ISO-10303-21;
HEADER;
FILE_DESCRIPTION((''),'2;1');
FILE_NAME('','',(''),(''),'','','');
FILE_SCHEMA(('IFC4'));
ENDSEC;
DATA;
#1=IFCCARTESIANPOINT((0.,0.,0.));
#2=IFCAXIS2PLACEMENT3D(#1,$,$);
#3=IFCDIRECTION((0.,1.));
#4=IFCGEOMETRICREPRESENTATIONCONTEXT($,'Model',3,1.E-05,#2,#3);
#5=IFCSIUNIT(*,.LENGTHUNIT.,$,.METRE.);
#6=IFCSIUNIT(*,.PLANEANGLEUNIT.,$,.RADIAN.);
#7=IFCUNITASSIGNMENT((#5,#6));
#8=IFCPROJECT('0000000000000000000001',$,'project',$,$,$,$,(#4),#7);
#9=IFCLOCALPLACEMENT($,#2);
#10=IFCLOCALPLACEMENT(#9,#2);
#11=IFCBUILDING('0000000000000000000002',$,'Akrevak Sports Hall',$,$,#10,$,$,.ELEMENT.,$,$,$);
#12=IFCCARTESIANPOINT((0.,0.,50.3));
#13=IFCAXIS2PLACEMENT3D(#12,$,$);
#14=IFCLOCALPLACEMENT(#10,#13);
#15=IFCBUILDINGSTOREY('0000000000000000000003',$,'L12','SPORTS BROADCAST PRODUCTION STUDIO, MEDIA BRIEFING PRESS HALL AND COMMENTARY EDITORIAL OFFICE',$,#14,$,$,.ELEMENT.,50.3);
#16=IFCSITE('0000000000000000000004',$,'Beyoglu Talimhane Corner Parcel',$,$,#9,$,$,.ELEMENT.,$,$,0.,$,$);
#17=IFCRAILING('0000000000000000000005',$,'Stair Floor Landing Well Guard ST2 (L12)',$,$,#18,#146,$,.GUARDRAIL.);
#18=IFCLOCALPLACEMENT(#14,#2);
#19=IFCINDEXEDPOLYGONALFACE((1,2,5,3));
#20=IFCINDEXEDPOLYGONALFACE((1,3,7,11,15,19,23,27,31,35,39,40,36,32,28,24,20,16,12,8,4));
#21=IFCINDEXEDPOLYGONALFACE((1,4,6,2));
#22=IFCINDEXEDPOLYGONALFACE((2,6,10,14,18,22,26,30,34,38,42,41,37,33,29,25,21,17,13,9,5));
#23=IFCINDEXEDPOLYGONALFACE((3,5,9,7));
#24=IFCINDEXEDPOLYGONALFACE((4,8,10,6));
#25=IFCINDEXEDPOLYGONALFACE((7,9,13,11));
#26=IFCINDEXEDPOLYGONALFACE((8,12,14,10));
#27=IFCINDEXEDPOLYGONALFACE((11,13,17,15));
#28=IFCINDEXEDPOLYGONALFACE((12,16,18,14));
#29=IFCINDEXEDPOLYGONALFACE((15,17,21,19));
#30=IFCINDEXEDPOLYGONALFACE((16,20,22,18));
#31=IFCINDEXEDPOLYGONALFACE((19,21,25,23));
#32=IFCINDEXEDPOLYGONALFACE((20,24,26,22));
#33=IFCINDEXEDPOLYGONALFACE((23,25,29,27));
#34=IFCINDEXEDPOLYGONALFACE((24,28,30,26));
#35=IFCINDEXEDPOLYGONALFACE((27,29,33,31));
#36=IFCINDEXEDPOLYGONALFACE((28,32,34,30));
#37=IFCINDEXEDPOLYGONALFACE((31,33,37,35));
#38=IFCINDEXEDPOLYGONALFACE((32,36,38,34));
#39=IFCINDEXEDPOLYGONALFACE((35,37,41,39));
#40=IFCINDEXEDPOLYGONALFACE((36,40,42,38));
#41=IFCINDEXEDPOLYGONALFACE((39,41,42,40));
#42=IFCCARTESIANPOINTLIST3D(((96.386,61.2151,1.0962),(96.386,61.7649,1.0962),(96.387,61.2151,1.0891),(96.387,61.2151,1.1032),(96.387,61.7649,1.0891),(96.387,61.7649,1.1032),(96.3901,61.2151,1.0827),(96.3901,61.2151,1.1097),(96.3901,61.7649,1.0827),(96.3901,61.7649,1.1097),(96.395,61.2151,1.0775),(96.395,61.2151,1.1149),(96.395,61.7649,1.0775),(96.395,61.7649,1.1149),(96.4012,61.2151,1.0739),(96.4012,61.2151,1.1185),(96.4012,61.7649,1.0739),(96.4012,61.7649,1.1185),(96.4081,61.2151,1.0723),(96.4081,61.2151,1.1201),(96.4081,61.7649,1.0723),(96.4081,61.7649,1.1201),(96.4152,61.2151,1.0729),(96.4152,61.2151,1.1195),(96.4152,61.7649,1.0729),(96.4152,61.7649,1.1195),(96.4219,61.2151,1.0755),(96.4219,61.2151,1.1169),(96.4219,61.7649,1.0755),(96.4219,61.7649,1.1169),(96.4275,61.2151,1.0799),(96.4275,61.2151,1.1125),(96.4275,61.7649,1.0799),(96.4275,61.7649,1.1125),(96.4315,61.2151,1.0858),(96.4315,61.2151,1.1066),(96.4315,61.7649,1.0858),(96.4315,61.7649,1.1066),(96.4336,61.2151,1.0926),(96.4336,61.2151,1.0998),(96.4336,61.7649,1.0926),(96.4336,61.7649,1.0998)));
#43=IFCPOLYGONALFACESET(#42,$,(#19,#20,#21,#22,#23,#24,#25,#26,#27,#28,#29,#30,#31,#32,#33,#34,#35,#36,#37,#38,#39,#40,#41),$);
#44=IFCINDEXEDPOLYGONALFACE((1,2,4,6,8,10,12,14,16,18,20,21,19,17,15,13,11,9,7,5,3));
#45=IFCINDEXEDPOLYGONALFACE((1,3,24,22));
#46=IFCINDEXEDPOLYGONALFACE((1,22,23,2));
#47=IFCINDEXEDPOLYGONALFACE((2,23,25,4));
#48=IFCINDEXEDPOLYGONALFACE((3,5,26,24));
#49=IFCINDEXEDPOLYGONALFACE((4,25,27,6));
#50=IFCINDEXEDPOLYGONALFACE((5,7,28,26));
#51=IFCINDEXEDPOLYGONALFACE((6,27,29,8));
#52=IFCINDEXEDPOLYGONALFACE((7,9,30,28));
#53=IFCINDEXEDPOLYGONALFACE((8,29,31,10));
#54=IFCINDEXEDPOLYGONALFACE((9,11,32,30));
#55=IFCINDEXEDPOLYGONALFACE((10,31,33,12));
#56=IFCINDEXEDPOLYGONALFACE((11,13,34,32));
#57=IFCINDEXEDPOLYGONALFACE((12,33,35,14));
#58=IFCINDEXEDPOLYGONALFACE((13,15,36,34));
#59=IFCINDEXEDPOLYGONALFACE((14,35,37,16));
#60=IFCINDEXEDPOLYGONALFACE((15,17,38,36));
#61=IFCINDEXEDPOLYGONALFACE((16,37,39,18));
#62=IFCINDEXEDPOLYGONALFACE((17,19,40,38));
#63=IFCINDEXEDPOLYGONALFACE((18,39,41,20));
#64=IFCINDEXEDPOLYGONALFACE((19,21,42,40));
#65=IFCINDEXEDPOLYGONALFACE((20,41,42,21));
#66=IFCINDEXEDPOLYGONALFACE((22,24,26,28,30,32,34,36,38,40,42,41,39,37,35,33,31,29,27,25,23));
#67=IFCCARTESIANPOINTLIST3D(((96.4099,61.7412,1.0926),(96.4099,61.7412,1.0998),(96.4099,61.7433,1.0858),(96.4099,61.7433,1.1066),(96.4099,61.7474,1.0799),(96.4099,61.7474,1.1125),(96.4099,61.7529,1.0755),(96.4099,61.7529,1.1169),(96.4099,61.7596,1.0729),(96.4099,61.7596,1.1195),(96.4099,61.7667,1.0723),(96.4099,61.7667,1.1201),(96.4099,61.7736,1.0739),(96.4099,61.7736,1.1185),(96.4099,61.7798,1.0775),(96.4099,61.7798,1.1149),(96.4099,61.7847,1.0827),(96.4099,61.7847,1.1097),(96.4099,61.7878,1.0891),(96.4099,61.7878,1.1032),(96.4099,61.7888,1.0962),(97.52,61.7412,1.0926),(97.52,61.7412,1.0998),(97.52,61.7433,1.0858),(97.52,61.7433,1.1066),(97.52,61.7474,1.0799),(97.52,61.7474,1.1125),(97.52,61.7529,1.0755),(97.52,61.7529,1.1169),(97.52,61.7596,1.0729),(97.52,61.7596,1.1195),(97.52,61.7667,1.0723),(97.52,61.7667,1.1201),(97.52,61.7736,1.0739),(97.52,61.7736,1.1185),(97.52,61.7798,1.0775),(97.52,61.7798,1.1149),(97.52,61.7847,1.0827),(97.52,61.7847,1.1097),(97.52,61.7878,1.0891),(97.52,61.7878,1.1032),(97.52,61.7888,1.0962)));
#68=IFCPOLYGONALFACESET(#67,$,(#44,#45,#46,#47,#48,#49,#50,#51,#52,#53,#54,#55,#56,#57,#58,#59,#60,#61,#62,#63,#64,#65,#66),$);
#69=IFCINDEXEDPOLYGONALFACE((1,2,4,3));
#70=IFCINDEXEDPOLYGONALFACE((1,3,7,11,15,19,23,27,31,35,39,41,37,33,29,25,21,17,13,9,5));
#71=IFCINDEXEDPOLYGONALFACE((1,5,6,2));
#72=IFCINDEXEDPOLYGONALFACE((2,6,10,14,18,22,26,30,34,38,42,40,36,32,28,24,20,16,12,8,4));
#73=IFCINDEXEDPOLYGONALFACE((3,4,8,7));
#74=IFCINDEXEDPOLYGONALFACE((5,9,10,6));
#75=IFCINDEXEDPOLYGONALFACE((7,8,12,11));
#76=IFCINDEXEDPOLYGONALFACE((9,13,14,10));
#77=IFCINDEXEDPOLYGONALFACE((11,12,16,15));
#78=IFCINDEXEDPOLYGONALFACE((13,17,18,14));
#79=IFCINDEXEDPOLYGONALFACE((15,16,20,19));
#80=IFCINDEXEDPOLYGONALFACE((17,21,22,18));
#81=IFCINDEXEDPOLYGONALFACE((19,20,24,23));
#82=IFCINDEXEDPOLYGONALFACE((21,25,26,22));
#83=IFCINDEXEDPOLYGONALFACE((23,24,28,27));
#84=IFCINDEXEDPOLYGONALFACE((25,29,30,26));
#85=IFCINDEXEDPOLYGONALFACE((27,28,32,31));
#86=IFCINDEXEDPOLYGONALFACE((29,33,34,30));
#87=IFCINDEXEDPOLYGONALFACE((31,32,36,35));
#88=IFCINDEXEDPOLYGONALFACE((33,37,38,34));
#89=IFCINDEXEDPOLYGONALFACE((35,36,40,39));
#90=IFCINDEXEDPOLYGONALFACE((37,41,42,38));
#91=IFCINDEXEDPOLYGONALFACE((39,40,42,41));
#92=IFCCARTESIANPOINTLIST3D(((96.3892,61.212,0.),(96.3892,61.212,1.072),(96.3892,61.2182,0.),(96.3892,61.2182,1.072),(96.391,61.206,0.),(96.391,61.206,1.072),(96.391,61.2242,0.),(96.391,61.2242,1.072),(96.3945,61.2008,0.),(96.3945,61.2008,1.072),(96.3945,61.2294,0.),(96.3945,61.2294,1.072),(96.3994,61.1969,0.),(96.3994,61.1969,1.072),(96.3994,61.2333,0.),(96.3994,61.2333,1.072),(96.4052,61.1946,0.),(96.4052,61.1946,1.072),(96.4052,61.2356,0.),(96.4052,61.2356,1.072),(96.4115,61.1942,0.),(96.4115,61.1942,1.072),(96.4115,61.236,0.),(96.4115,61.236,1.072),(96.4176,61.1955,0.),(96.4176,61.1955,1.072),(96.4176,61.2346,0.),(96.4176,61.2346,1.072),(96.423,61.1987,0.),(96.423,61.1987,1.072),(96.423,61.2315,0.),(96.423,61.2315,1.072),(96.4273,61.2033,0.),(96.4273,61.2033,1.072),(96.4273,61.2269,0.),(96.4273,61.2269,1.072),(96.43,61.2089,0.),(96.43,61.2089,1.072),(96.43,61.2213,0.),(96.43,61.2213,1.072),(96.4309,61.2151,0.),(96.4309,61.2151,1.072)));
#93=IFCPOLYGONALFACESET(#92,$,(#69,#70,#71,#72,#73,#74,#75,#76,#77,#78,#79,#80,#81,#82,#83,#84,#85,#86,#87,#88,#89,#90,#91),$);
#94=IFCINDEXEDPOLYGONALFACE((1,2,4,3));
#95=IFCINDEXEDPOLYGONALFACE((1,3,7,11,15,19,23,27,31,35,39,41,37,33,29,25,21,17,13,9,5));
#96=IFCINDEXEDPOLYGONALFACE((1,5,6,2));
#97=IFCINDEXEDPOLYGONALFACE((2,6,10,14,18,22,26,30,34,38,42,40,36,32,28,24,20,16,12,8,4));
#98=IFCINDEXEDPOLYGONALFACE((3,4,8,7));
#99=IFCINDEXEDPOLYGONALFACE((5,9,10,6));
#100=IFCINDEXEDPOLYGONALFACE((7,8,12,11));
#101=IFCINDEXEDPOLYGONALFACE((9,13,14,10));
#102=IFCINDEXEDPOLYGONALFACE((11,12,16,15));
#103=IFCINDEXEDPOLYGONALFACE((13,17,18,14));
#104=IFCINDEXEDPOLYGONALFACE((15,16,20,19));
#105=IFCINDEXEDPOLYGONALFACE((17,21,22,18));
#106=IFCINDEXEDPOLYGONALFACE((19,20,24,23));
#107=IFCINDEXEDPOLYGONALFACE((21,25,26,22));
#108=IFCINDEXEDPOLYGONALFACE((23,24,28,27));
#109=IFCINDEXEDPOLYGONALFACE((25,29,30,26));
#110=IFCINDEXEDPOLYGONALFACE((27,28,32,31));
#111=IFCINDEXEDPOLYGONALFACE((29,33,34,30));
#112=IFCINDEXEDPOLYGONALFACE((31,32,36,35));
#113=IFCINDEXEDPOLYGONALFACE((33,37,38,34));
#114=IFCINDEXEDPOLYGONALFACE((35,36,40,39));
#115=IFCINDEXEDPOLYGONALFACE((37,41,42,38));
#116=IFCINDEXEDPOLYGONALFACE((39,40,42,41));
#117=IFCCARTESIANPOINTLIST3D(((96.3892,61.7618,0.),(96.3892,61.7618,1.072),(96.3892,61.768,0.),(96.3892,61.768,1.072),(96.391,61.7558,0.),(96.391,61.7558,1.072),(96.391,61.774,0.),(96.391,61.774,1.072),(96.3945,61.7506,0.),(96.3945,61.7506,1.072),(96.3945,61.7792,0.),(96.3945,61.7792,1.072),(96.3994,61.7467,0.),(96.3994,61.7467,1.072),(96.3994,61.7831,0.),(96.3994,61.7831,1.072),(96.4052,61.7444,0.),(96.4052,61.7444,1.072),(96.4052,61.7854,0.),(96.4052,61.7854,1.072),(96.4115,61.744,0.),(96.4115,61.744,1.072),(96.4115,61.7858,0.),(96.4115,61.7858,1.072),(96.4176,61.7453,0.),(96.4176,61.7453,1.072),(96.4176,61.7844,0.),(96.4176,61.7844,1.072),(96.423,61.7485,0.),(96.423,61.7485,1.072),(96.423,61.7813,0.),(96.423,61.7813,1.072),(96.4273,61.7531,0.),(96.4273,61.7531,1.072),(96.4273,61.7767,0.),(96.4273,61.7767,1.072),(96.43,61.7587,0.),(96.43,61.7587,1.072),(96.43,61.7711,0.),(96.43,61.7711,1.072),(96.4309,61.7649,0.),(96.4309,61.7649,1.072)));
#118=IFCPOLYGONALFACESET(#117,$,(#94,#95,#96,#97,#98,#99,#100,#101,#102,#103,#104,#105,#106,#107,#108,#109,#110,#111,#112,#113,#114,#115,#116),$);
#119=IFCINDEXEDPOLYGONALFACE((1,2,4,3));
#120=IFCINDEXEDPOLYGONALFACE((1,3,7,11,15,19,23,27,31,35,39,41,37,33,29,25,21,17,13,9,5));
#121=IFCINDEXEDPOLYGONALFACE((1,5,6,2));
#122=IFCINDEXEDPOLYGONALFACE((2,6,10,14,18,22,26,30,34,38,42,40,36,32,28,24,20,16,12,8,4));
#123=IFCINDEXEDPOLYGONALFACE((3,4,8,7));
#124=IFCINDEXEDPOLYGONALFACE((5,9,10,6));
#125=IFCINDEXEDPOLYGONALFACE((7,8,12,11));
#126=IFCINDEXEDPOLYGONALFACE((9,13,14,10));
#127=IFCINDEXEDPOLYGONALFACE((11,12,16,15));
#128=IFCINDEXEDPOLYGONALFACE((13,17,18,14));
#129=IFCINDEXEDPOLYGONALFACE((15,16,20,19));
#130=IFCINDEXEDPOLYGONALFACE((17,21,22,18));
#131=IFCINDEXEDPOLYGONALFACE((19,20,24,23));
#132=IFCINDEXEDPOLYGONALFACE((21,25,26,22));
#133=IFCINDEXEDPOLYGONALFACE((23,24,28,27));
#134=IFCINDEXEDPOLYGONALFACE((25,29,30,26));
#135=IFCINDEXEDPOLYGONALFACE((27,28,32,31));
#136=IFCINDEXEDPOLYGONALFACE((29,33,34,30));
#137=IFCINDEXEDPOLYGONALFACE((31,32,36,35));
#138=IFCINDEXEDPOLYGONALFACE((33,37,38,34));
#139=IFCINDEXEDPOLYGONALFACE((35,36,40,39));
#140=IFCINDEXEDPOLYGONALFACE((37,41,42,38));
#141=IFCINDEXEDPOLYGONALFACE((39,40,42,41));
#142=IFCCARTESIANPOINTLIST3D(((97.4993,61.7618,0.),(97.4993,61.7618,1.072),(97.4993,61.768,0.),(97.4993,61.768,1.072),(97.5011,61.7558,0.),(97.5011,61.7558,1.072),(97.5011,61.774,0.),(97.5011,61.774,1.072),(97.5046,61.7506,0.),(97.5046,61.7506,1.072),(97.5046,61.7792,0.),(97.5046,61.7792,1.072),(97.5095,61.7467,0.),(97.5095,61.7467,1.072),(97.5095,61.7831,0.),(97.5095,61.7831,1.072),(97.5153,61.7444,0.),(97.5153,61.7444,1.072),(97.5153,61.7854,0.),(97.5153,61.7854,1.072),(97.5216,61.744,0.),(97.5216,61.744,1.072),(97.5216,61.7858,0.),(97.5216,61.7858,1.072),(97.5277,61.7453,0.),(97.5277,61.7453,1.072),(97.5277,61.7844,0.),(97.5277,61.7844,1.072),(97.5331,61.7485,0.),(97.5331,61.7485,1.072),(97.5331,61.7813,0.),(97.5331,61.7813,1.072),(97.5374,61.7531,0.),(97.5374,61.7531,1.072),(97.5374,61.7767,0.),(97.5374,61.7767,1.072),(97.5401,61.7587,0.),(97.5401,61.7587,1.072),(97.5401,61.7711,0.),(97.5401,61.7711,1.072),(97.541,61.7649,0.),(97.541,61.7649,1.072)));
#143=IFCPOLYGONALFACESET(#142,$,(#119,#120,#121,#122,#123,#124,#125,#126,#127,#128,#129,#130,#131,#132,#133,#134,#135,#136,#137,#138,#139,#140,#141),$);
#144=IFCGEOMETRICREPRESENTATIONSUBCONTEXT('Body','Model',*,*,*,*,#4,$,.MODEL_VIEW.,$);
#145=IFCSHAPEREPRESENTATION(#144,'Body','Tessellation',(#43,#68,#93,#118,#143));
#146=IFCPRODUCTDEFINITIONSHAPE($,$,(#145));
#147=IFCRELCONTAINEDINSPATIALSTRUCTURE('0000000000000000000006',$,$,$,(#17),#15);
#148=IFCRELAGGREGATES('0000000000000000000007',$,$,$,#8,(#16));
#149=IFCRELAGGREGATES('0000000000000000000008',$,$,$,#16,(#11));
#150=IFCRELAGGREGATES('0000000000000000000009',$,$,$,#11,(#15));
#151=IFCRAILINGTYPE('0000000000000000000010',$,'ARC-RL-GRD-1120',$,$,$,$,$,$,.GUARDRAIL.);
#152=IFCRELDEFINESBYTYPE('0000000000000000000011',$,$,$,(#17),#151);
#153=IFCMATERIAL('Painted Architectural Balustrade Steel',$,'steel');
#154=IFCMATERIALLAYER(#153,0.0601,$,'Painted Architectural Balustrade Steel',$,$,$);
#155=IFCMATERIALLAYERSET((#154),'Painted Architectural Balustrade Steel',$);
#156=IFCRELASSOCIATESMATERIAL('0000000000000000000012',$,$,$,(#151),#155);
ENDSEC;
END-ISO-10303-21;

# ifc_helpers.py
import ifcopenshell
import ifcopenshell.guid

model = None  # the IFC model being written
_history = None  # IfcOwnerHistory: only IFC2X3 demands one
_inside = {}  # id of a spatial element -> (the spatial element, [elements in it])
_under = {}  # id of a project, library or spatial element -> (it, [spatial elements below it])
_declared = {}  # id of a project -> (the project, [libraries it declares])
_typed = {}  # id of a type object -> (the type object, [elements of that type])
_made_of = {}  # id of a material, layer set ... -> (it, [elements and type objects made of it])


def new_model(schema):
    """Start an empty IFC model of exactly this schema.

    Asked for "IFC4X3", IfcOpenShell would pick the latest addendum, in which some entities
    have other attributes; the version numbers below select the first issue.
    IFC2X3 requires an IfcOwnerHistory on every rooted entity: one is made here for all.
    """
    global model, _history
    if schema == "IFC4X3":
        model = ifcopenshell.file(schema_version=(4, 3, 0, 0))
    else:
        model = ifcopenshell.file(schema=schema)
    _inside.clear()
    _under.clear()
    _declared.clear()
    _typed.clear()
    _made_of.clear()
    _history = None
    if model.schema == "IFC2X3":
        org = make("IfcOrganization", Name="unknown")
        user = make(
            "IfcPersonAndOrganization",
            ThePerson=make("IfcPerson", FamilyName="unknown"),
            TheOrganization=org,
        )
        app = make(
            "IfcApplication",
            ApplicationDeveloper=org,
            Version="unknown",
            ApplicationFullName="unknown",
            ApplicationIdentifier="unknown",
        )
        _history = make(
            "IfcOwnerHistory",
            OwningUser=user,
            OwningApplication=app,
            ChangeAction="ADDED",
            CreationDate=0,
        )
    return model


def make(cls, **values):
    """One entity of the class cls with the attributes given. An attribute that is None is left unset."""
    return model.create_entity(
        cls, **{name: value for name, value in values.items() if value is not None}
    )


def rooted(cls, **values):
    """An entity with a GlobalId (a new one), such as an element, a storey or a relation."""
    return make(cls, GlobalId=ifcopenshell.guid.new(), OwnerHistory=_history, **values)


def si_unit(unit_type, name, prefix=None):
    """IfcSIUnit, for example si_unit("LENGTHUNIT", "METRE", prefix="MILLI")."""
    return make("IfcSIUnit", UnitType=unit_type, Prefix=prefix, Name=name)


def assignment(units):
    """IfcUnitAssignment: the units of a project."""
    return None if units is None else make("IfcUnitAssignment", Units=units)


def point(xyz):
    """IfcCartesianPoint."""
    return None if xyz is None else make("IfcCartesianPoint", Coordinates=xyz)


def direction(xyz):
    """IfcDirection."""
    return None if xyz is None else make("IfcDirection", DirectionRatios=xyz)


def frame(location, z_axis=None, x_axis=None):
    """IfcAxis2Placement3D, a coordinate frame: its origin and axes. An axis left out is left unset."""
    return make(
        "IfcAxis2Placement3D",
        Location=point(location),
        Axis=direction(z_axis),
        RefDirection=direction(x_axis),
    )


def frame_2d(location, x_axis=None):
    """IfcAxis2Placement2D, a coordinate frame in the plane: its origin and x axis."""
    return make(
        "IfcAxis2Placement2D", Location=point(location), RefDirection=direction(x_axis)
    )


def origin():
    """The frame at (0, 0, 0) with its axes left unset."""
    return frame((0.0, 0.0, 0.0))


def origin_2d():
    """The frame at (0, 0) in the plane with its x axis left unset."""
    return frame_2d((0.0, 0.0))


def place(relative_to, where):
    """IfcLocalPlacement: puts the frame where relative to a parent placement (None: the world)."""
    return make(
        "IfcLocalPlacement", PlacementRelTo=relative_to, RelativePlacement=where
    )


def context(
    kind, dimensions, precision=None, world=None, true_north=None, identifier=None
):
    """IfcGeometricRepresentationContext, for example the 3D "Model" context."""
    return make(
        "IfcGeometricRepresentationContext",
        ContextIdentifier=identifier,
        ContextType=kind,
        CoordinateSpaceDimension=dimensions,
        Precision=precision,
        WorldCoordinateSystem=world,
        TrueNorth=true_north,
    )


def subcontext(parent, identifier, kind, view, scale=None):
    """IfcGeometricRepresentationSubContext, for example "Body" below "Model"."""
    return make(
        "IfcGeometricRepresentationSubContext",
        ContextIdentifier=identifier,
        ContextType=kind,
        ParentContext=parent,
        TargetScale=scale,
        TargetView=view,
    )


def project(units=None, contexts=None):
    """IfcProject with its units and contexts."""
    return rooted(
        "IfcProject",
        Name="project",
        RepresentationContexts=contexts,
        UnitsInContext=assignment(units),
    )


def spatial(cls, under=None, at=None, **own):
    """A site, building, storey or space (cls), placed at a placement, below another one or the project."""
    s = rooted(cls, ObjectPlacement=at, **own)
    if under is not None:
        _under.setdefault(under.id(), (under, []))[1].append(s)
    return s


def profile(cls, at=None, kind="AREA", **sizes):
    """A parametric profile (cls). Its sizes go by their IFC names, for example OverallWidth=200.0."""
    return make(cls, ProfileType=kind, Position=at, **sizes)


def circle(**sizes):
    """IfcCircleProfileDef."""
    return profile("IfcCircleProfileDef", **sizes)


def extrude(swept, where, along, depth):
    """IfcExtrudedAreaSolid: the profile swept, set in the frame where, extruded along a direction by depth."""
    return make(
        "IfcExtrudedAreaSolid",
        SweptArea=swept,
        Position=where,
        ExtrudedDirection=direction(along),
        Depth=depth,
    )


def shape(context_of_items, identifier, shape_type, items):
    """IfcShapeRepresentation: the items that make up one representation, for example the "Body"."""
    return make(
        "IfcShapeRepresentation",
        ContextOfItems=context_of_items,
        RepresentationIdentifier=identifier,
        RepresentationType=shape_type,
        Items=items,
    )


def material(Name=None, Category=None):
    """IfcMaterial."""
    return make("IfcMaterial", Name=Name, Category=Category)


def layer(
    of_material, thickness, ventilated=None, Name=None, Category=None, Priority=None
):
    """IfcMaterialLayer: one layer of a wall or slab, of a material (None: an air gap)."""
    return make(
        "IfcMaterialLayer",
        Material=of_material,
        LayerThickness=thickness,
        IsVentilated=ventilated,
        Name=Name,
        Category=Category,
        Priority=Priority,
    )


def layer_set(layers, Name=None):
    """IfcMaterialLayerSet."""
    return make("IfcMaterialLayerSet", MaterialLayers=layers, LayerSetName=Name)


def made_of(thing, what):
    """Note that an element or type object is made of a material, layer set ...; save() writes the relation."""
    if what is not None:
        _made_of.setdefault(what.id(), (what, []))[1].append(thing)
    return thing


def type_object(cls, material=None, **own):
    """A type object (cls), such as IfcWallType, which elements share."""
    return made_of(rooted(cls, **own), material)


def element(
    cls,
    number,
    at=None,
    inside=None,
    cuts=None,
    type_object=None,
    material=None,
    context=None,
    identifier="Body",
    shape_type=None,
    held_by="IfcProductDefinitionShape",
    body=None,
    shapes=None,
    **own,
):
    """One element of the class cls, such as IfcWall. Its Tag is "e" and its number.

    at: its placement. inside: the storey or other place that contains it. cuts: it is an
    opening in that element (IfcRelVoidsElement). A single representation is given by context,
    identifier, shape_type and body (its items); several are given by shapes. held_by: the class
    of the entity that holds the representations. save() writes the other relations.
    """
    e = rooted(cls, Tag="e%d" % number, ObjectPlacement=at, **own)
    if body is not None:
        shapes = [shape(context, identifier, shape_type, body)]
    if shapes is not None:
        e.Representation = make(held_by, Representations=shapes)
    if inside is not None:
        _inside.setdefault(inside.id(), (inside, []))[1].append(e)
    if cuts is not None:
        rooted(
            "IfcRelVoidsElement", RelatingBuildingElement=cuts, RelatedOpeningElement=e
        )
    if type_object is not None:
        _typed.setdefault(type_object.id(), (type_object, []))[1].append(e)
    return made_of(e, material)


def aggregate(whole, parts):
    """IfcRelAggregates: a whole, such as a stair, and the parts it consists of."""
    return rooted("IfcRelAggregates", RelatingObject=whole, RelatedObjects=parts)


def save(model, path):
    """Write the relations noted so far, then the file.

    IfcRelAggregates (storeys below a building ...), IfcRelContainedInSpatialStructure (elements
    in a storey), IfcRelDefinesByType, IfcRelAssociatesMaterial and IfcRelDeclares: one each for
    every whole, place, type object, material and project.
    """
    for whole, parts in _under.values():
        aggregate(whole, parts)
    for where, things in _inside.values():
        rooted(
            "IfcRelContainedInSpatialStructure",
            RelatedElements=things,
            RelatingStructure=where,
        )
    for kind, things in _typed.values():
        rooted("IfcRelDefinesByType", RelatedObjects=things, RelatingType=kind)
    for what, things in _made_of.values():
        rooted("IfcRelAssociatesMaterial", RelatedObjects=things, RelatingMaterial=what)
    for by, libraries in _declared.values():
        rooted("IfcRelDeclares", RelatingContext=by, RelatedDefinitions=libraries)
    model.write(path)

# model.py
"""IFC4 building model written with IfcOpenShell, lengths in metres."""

from ifc_helpers import new_model, si_unit, direction, frame, origin, origin_2d, place, context, subcontext, project, spatial, circle, extrude, material, layer, layer_set, type_object, element, save


model = new_model("IFC4")

# Units and contexts
model_context = context("Model", 3, precision=1e-05, world=origin(), true_north=direction((0.0, 1.0)))
body_context = subcontext(model_context, "Body", "Model", "MODEL_VIEW")
ifc_project = project(units=[si_unit("LENGTHUNIT", "METRE"), si_unit("PLANEANGLEUNIT", "RADIAN")], contexts=[model_context])

# Site, building, storey
site_placement = place(None, origin())
site = spatial("IfcSite", under=ifc_project, at=site_placement, Name="Beyoglu Talimhane Corner Parcel", CompositionType="ELEMENT", RefElevation=0.0)
building_placement = place(site_placement, origin())
building = spatial("IfcBuilding", under=site, at=building_placement, Name="Akrevak Sports Hall", CompositionType="ELEMENT")
storey_placement = place(building_placement, frame((0.0, 0.0, 50.3)))
storey = spatial("IfcBuildingStorey", under=building, at=storey_placement, Name="L12", Description="SPORTS BROADCAST PRODUCTION STUDIO, MEDIA BRIEFING PRESS HALL AND COMMENTARY EDITORIAL OFFICE", CompositionType="ELEMENT", Elevation=50.3)

# Railing
ifc_material_1 = material(Name="Painted Architectural Balustrade Steel", Category="steel")
ifc_layer_1 = layer(ifc_material_1, 0.0601, Name="Painted Architectural Balustrade Steel")
ifc_layer_set_1 = layer_set([ifc_layer_1], Name="Painted Architectural Balustrade Steel")
railing_type_1 = type_object("IfcRailingType", Name="ARC-RL-GRD-1120", PredefinedType="GUARDRAIL", material=ifc_layer_set_1)
railing_1_placement = place(storey_placement, frame((96.4099, 61.2151, 0.0)))
element("IfcRailing", 1, at=railing_1_placement, inside=storey, type_object=railing_type_1, Name="Stair Floor Landing Well Guard ST2 (L12)", PredefinedType="GUARDRAIL", context=body_context, shape_type="SweptSolid", body=[
    extrude(circle(Radius=0.0239, at=origin_2d()), frame((0.0, 0.0, 1.0962), z_axis=(0.0, 1.0, 0.0), x_axis=(-1.0, 0.0, 0.0)), (0.0, 0.0, 1.0), 0.5498),
    extrude(circle(Radius=0.0239, at=origin_2d()), frame((0.0, 0.5498, 1.0962), z_axis=(1.0, 0.0, 0.0), x_axis=(0.0, 1.0, 0.0)), (0.0, 0.0, 1.0), 1.1101),
    extrude(circle(Radius=0.021, at=origin_2d()), origin(), (0.0, 0.0, 1.0), 1.072),
    extrude(circle(Radius=0.021, at=origin_2d()), frame((0.0, 0.5498, 0.0)), (0.0, 0.0, 1.0), 1.072),
    extrude(circle(Radius=0.021, at=origin_2d()), frame((1.1101, 0.5498, 0.0)), (0.0, 0.0, 1.0), 1.072),
])

save(model, "model.ifc")
